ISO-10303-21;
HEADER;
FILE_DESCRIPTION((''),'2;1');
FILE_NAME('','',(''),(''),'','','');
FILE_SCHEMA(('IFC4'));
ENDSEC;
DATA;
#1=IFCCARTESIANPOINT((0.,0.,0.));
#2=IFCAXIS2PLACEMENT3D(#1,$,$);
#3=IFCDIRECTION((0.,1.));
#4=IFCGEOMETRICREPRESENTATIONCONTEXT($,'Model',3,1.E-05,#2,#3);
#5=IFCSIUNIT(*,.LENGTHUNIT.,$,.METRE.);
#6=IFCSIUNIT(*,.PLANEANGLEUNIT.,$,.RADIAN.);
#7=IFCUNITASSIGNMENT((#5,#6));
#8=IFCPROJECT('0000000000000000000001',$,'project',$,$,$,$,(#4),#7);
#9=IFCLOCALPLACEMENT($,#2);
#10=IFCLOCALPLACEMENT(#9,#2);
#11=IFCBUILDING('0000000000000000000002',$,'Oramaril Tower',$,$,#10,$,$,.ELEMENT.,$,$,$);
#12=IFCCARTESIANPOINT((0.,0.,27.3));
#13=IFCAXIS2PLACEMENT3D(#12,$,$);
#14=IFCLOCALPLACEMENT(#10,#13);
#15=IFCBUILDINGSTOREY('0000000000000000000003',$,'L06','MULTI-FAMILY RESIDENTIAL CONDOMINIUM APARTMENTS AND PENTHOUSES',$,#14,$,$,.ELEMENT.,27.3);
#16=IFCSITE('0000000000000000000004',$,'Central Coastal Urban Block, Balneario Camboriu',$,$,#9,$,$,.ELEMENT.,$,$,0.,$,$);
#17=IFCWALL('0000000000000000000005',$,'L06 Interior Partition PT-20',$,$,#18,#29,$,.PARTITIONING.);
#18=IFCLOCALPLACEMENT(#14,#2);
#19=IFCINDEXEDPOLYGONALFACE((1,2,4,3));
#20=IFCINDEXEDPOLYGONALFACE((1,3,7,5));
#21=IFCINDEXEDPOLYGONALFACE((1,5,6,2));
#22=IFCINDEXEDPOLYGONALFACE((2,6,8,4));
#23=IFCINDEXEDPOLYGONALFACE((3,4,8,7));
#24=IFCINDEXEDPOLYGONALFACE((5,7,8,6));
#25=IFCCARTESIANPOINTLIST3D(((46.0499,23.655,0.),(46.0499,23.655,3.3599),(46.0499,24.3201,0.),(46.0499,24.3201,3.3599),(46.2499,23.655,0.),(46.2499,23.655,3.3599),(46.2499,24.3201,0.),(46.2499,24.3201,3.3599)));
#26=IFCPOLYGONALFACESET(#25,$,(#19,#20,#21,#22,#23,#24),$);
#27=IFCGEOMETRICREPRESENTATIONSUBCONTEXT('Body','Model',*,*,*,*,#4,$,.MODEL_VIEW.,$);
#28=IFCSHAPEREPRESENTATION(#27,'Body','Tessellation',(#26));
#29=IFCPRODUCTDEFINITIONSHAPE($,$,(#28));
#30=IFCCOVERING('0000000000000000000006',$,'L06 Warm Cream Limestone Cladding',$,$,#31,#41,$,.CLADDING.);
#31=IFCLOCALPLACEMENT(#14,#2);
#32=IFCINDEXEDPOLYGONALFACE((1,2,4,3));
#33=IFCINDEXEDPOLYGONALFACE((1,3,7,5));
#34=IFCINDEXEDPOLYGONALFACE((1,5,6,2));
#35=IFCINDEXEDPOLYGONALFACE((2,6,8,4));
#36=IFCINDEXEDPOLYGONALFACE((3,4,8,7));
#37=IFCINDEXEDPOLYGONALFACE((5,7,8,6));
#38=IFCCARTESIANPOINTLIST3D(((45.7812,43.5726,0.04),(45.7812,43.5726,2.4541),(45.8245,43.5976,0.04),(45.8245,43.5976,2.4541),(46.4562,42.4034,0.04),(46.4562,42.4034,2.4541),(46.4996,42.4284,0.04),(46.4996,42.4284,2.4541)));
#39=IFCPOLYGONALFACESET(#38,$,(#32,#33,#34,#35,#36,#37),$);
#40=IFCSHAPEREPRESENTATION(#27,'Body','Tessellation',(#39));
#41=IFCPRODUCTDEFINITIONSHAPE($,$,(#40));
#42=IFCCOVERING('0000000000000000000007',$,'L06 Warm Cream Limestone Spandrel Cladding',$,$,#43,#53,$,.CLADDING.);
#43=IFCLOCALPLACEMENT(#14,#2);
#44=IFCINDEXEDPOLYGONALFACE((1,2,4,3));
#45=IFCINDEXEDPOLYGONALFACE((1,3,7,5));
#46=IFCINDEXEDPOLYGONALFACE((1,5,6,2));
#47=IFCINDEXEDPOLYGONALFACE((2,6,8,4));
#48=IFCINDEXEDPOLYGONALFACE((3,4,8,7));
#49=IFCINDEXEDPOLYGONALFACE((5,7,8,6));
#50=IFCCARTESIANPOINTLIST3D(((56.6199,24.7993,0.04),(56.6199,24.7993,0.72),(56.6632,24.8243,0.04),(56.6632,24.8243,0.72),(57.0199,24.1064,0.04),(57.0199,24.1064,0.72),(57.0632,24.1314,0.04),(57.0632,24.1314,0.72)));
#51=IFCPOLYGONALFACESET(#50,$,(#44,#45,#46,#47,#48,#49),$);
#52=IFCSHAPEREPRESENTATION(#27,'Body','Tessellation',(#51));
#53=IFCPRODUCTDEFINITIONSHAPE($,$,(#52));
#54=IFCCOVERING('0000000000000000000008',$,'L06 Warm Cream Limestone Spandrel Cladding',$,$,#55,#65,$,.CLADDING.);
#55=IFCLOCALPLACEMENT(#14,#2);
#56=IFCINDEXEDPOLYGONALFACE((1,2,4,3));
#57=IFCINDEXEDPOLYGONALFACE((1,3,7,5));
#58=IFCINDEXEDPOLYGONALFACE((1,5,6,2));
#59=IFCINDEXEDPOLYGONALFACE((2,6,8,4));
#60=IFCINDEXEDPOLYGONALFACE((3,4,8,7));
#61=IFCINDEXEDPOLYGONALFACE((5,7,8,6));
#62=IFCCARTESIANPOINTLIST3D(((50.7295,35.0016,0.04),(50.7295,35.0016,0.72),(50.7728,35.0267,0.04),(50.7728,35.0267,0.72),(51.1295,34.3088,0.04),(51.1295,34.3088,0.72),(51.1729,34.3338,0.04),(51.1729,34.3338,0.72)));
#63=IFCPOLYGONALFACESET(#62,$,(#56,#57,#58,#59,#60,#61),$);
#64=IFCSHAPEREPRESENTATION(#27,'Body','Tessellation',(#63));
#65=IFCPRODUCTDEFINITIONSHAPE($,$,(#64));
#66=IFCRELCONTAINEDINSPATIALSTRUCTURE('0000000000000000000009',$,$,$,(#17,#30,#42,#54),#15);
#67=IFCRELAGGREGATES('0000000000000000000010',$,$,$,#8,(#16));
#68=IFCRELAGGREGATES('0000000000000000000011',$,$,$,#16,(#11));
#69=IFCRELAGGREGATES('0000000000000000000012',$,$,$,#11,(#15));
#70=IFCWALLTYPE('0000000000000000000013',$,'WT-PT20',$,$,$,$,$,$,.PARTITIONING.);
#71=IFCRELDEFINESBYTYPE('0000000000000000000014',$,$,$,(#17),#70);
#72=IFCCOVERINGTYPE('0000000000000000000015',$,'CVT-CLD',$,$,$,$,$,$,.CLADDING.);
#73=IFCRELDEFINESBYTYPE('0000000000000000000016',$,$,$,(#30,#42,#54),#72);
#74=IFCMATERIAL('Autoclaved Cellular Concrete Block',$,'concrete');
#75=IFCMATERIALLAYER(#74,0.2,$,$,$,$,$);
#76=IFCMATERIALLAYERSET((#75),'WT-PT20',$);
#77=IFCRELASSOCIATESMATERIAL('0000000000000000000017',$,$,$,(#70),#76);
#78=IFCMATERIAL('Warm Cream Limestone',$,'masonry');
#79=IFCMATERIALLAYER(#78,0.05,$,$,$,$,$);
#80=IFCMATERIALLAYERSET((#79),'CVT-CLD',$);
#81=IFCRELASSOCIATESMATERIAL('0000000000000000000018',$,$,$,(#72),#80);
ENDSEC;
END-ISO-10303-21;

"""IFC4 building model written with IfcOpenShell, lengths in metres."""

from ifc_helpers import new_model, si_unit, direction, frame, frame_2d, origin, origin_2d, place, context, subcontext, project, spatial, rectangle, extrude, material, layer, layer_set, type_object, element, save


model = new_model("IFC4")

# Units and contexts
model_context = context("Model", 3, precision=1e-05, world=origin(), true_north=direction((0.0, 1.0)))
body_context = subcontext(model_context, "Body", "Model", "MODEL_VIEW")
ifc_project = project(units=[si_unit("LENGTHUNIT", "METRE"), si_unit("PLANEANGLEUNIT", "RADIAN")], contexts=[model_context])

# Site, building, storey
site_placement = place(None, origin())
site = spatial("IfcSite", under=ifc_project, at=site_placement, Name="Central Coastal Urban Block, Balneario Camboriu", CompositionType="ELEMENT", RefElevation=0.0)
building_placement = place(site_placement, origin())
building = spatial("IfcBuilding", under=site, at=building_placement, Name="Oramaril Tower", CompositionType="ELEMENT")
storey_placement = place(building_placement, frame((0.0, 0.0, 27.3)))
storey = spatial("IfcBuildingStorey", under=building, at=storey_placement, Name="L06", Description="MULTI-FAMILY RESIDENTIAL CONDOMINIUM APARTMENTS AND PENTHOUSES", CompositionType="ELEMENT", Elevation=27.3)

# Wall
ifc_material_1 = material(Name="Autoclaved Cellular Concrete Block", Category="concrete")
ifc_layer_1 = layer(ifc_material_1, 0.2)
ifc_layer_set_1 = layer_set([ifc_layer_1], Name="WT-PT20")
wall_type = type_object("IfcWallType", Name="WT-PT20", PredefinedType="PARTITIONING", material=ifc_layer_set_1)
wall_1_placement = place(storey_placement, frame((46.1499, 23.655, 0.0), z_axis=(0.0, 0.0, 1.0), x_axis=(0.0, 1.0, 0.0)))
element("IfcWall", 1, at=wall_1_placement, inside=storey, type_object=wall_type, Name="L06 Interior Partition PT-20", PredefinedType="PARTITIONING", context=body_context, shape_type="SweptSolid", body=[
    extrude(rectangle(XDim=0.665, YDim=0.2, at=frame_2d((0.3325, 0.0))), origin(), (0.0, 0.0, 1.0), 3.3599),
])

# Coverings
ifc_material_2 = material(Name="Warm Cream Limestone", Category="masonry")
ifc_layer_2 = layer(ifc_material_2, 0.05)
ifc_layer_set_2 = layer_set([ifc_layer_2], Name="CVT-CLD")
covering_type = type_object("IfcCoveringType", Name="CVT-CLD", PredefinedType="CLADDING", material=ifc_layer_set_2)
covering_placement = place(storey_placement, frame((46.1404, 43.0005, 0.04), z_axis=(0.0, 0.0, 1.0), x_axis=(-0.5, 0.866025, 0.0)))
element("IfcCovering", 2, at=covering_placement, inside=storey, type_object=covering_type, Name="L06 Warm Cream Limestone Cladding", PredefinedType="CLADDING", context=body_context, shape_type="SweptSolid", body=[
    extrude(rectangle(XDim=1.3501, YDim=0.05, at=origin_2d()), origin(), (0.0, 0.0, 1.0), 2.4141),
])
for number, where, z_axis, x_axis, name in (
    (3, (56.8416, 24.4653, 0.04), (0.0, 0.0, 1.0), (-0.5, 0.866025, 0.0), "L06 Warm Cream Limestone Spandrel Cladding"),
    (4, (50.9512, 34.6677, 0.04), (0.0, 0.0, 1.0), (-0.5, 0.866025, 0.0), "L06 Warm Cream Limestone Spandrel Cladding"),
):
    element("IfcCovering", number, at=place(storey_placement, frame(where, z_axis=z_axis, x_axis=x_axis)), inside=storey, type_object=covering_type, Name=name, PredefinedType="CLADDING", context=body_context, shape_type="SweptSolid", body=[
        extrude(rectangle(XDim=0.8, YDim=0.05, at=origin_2d()), origin(), (0.0, 0.0, 1.0), 0.6799),
    ])

save(model, "model.ifc")
